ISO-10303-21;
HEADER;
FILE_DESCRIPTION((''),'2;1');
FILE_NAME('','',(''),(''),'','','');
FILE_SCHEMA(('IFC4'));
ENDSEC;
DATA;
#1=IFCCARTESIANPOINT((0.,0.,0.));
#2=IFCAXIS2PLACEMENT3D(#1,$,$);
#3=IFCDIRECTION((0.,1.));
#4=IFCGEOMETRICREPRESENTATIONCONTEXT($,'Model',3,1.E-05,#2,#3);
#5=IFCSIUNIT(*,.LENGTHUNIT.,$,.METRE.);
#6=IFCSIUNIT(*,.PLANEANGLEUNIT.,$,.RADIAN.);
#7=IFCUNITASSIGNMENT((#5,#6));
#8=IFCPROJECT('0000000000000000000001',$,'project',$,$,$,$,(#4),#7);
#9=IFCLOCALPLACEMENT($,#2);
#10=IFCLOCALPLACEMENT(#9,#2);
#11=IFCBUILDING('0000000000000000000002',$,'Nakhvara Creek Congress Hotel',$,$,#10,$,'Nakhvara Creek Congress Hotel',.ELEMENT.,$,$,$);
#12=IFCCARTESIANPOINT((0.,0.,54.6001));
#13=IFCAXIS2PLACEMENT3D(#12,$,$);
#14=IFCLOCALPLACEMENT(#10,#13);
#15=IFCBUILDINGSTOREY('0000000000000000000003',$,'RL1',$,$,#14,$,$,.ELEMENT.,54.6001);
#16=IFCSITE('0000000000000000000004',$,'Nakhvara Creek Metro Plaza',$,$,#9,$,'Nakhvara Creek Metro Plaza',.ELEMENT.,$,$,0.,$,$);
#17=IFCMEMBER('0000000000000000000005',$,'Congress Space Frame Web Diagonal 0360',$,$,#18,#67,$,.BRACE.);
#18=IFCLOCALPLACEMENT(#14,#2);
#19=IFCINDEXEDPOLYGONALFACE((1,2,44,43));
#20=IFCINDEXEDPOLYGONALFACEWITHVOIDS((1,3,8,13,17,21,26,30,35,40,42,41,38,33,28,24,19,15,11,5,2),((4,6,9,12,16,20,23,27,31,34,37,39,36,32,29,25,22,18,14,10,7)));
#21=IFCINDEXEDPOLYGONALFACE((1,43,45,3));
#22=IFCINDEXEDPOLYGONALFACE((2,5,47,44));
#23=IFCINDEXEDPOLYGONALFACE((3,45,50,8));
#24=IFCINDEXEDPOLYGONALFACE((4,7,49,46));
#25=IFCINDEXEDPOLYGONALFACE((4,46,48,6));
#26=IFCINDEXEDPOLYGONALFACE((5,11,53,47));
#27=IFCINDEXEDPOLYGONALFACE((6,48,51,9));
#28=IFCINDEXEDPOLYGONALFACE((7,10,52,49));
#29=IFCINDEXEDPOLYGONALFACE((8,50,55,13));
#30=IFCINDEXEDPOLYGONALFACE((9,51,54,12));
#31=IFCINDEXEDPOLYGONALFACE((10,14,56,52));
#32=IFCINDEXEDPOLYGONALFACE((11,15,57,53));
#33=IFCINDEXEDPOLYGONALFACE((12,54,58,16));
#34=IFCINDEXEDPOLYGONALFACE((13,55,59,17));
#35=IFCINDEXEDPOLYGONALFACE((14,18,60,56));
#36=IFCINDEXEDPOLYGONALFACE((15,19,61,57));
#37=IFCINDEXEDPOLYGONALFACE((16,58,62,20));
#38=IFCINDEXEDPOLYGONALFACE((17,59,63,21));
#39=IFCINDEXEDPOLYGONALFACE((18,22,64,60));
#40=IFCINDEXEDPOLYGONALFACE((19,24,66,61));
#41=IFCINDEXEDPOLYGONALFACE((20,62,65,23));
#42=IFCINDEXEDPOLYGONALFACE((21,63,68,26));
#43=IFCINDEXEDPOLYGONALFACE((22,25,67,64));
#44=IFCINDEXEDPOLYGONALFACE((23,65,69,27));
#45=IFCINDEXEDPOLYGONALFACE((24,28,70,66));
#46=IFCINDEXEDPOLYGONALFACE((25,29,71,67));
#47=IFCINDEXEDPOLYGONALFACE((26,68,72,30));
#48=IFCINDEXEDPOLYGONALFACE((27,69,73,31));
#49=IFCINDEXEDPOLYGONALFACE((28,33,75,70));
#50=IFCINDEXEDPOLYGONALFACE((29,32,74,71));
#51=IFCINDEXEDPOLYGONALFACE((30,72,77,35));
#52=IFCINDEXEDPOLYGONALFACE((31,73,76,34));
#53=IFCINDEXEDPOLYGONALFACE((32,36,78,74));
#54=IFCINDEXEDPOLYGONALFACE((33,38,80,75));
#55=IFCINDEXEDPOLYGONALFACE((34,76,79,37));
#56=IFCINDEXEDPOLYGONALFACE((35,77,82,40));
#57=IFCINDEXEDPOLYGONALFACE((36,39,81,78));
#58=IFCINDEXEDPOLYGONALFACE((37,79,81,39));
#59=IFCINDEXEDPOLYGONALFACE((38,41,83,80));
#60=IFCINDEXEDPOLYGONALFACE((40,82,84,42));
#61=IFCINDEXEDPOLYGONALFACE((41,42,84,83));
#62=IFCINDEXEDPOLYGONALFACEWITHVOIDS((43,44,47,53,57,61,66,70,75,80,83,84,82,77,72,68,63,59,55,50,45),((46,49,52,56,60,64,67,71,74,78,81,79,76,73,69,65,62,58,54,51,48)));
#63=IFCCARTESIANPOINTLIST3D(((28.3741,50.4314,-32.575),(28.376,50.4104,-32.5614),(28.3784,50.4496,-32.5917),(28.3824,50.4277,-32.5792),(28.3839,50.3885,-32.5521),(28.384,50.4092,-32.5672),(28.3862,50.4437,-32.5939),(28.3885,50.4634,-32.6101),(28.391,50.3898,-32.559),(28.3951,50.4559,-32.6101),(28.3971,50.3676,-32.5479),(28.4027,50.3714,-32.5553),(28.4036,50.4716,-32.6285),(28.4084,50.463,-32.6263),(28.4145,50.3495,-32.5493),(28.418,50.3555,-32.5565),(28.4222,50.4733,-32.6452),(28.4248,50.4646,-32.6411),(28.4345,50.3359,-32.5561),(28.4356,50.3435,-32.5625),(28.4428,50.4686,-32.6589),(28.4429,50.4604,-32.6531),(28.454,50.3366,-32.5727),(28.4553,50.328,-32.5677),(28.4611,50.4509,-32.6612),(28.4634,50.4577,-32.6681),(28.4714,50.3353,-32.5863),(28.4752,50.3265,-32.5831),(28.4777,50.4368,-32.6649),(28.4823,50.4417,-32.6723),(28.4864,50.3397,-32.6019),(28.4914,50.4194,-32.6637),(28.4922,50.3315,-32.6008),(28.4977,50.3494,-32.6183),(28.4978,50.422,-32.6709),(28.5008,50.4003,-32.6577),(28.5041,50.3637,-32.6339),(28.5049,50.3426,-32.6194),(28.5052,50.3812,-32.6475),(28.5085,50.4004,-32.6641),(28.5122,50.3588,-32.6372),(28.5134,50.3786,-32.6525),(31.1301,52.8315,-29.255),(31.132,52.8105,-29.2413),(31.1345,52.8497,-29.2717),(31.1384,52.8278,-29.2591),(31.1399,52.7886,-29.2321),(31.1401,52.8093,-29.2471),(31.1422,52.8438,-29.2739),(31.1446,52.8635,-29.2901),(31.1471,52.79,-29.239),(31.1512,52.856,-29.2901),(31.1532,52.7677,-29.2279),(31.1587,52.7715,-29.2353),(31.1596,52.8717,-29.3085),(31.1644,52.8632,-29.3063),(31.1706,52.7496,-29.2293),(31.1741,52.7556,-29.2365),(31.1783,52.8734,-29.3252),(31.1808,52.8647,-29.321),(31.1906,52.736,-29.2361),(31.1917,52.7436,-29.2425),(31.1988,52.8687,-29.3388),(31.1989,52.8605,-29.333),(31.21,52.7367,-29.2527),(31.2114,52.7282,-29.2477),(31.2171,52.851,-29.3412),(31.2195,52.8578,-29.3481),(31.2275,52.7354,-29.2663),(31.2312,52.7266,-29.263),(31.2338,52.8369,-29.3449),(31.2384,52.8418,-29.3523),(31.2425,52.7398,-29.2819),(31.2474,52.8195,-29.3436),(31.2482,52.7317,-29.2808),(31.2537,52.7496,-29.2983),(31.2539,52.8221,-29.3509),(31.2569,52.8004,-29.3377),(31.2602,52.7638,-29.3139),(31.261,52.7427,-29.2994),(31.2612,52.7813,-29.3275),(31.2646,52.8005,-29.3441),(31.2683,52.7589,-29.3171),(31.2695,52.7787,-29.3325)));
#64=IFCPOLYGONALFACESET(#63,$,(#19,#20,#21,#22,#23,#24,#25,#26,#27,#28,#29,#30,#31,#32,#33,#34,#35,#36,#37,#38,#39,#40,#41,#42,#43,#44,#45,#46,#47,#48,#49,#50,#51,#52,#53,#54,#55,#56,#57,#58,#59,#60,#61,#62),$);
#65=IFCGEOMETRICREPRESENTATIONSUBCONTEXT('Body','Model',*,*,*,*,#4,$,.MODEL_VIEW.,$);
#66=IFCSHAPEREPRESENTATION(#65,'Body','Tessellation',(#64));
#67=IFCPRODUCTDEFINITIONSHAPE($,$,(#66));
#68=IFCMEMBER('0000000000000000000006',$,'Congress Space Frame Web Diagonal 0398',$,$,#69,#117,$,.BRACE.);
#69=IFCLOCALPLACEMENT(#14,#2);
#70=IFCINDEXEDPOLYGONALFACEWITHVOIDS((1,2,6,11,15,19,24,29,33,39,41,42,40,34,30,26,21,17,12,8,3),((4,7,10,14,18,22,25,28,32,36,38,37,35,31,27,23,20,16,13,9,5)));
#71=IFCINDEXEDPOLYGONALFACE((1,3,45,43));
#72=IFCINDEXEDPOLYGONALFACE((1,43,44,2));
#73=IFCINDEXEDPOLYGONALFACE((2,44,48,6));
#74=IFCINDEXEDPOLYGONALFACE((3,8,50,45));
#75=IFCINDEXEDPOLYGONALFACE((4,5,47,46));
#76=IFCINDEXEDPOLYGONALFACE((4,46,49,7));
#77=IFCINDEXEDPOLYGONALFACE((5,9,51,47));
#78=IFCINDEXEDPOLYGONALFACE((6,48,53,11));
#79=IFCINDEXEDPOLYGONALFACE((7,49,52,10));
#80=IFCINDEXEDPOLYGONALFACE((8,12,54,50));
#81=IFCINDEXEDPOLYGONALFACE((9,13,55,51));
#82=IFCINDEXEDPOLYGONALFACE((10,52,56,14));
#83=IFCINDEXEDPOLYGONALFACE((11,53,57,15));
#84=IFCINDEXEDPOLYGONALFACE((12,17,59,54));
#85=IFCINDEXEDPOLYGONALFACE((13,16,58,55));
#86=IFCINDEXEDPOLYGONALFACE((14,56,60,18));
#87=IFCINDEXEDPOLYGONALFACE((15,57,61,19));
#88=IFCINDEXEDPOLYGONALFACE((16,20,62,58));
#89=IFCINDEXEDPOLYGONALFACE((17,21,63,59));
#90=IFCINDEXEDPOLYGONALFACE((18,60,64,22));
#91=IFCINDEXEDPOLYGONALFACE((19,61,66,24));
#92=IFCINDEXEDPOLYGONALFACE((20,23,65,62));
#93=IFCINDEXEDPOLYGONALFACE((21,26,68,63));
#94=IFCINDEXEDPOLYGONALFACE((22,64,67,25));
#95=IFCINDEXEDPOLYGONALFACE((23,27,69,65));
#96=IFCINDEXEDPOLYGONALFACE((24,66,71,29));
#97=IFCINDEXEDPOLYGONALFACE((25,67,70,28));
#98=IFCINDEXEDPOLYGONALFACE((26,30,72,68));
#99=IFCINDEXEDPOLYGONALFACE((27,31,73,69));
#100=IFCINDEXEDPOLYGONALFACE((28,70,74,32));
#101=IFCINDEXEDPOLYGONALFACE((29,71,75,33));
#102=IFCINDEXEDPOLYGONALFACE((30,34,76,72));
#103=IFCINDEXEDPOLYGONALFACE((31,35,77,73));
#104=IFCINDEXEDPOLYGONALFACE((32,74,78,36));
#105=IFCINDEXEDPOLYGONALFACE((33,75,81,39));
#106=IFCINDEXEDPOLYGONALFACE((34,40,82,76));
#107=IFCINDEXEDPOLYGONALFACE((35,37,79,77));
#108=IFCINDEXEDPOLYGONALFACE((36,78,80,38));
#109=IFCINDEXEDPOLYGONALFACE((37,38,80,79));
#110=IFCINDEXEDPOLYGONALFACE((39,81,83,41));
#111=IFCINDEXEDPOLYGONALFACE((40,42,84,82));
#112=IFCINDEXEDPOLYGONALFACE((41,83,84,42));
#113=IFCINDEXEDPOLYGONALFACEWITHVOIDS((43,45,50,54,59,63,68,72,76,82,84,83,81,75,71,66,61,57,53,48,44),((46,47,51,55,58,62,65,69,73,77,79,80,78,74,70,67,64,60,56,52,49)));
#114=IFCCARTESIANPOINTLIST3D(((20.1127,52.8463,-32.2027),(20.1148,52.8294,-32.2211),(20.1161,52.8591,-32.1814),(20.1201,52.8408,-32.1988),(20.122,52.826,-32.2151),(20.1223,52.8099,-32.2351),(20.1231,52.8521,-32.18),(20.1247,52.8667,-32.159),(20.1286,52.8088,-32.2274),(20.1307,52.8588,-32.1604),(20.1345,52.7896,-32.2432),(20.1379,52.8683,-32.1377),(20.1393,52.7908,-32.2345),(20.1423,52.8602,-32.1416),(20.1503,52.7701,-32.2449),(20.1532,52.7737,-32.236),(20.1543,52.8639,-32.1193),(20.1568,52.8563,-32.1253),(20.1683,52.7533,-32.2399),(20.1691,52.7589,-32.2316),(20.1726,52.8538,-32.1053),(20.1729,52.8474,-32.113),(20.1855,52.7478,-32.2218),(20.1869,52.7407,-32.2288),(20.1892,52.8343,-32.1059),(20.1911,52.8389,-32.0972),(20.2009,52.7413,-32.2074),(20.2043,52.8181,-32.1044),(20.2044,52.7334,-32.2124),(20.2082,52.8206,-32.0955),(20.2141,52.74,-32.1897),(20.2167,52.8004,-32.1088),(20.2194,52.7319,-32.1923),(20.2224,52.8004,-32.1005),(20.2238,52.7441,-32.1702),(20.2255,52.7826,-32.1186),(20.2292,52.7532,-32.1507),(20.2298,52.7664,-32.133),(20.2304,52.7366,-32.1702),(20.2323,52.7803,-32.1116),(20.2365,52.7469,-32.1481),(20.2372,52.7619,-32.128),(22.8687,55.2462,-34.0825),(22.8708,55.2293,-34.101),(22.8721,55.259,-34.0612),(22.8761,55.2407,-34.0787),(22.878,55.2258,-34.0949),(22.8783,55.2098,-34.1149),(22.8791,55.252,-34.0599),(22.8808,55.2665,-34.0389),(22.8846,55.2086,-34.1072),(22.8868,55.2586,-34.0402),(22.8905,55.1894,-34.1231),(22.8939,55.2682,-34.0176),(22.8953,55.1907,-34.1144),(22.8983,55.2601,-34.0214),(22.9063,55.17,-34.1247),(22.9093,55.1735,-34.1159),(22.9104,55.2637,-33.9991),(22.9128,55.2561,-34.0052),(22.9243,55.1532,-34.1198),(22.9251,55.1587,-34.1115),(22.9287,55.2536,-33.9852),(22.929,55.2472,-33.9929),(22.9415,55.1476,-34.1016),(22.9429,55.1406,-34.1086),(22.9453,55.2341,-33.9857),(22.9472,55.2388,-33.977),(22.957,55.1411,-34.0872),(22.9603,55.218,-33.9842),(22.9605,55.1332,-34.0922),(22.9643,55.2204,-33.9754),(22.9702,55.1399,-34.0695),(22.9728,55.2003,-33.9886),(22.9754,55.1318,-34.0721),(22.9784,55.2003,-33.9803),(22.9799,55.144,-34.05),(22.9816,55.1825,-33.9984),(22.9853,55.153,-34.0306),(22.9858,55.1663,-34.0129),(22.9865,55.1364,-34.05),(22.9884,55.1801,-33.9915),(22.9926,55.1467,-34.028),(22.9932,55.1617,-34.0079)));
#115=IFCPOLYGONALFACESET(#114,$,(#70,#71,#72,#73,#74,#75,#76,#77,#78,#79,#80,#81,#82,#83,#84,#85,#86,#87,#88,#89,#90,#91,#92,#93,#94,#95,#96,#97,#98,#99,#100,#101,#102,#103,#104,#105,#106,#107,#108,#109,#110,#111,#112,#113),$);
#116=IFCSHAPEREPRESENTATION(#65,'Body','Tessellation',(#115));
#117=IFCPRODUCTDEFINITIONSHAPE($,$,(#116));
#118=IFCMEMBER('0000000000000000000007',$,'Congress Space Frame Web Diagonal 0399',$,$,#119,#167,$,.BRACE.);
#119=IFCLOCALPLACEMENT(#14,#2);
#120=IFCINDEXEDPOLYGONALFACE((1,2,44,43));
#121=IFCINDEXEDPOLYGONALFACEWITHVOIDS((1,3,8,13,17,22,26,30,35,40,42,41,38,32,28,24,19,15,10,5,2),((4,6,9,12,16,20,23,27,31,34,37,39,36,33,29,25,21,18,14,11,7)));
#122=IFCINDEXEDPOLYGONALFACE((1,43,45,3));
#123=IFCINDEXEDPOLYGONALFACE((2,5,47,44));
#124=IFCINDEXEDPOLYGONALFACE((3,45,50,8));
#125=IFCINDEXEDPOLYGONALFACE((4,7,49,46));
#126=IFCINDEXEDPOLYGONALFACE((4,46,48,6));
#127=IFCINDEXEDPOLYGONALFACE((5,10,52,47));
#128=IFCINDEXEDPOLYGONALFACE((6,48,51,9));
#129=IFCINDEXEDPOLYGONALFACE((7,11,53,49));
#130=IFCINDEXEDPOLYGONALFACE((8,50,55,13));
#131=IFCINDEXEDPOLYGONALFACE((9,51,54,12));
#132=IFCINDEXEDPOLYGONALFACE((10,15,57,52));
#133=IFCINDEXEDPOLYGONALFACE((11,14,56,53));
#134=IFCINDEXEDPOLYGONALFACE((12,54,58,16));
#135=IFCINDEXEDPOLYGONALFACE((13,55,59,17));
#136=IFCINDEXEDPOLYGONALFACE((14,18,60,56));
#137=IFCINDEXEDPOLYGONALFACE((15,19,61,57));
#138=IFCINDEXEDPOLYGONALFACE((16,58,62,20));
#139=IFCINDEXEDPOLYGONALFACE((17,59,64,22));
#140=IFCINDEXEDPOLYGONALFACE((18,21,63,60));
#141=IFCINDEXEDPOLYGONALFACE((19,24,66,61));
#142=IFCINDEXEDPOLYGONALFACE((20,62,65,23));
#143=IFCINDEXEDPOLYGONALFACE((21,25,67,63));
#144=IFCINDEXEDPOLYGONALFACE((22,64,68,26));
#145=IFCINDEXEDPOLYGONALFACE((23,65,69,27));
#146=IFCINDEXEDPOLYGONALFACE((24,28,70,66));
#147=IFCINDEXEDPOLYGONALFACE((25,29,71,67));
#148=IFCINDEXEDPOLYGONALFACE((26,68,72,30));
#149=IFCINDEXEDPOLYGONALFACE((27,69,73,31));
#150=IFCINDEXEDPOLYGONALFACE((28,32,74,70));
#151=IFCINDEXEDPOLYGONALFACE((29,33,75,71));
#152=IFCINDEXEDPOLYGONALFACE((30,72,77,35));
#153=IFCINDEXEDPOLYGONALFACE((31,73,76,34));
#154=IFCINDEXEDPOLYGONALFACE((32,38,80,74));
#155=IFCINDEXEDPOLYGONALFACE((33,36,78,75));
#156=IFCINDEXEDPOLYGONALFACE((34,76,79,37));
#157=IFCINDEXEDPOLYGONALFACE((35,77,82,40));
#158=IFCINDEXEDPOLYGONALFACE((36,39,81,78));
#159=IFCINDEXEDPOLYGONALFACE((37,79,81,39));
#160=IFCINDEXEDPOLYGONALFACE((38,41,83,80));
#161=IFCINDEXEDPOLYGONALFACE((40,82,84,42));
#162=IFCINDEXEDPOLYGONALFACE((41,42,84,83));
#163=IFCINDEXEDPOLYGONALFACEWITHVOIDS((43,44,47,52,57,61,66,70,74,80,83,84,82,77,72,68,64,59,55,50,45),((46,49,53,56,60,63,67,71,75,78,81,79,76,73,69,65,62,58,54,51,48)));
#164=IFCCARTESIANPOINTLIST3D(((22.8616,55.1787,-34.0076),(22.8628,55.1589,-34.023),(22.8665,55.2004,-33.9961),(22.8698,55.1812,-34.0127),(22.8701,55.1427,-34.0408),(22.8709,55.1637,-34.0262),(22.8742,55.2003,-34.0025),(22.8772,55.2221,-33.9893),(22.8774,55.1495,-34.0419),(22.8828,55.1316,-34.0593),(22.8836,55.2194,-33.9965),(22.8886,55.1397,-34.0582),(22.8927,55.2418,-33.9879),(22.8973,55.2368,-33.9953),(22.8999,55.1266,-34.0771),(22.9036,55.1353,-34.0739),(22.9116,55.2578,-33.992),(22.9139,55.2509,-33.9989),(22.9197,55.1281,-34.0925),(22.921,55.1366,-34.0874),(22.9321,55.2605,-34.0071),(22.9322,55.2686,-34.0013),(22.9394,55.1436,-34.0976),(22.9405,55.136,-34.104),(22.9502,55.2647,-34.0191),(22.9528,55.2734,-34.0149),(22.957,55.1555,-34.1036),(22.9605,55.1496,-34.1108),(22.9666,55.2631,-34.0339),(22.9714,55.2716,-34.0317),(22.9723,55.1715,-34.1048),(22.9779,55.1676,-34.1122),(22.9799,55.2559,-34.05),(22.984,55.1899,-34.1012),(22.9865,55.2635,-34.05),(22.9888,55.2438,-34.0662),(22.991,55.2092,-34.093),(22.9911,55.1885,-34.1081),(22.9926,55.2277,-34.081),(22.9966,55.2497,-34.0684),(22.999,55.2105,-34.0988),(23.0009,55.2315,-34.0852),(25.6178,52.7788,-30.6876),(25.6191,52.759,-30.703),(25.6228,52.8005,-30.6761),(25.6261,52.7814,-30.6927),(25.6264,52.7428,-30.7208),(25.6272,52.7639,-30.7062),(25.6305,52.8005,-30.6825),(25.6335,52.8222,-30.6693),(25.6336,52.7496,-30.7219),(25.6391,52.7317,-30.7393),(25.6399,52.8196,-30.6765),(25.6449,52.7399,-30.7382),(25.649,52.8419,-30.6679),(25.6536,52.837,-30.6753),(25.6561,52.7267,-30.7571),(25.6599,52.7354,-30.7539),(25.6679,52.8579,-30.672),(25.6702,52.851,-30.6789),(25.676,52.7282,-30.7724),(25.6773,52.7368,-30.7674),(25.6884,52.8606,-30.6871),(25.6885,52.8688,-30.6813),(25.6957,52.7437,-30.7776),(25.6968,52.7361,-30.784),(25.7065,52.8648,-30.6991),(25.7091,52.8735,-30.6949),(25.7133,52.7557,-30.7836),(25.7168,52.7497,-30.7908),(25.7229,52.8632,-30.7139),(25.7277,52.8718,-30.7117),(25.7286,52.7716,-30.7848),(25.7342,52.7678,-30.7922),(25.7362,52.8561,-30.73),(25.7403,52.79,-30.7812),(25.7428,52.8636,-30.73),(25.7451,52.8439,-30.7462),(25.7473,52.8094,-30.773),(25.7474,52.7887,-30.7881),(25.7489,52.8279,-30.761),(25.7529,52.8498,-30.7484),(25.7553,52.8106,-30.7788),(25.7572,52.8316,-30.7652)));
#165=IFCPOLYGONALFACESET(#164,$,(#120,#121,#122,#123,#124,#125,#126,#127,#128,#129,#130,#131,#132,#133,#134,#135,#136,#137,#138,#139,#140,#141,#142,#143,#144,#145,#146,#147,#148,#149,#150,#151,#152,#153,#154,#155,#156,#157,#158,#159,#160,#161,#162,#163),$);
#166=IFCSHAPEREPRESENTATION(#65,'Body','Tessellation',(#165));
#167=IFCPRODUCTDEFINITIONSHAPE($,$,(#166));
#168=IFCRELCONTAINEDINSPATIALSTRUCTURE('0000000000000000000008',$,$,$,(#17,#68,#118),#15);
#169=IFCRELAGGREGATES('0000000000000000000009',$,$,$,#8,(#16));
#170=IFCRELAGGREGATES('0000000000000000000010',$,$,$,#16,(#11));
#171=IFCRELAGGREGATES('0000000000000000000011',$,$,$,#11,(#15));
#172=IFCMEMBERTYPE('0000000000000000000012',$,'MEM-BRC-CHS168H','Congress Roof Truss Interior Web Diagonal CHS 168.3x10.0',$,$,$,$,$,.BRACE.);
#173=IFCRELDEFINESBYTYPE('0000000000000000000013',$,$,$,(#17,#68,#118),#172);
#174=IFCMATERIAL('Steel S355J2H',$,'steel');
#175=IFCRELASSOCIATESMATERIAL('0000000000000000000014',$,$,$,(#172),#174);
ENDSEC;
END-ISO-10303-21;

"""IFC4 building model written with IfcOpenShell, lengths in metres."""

from ifc_helpers import new_model, si_unit, direction, frame, origin, origin_2d, place, context, subcontext, project, spatial, hollow_circle, extrude, material, material_profile, profile_set, type_object, element, save


model = new_model("IFC4")

# Units and contexts
model_context = context("Model", 3, precision=1e-05, world=origin(), true_north=direction((0.0, 1.0)))
body_context = subcontext(model_context, "Body", "Model", "MODEL_VIEW")
ifc_project = project(units=[si_unit("LENGTHUNIT", "METRE"), si_unit("PLANEANGLEUNIT", "RADIAN")], contexts=[model_context])

# Site, building, storey
site_placement = place(None, origin())
site = spatial("IfcSite", under=ifc_project, at=site_placement, Name="Nakhvara Creek Metro Plaza", LongName="Nakhvara Creek Metro Plaza", CompositionType="ELEMENT", RefElevation=0.0)
building_placement = place(site_placement, origin())
building = spatial("IfcBuilding", under=site, at=building_placement, Name="Nakhvara Creek Congress Hotel", LongName="Nakhvara Creek Congress Hotel", CompositionType="ELEMENT")
storey_placement = place(building_placement, frame((0.0, 0.0, 54.6001)))
storey = spatial("IfcBuildingStorey", under=building, at=storey_placement, Name="RL1", CompositionType="ELEMENT", Elevation=54.6001)

# Members
ifc_material_1 = material(Name="Steel S355J2H", Category="steel")
ifc_material_profile_1 = material_profile(ifc_material_1, hollow_circle(Radius=0.0842, WallThickness=0.01, at=origin_2d()), Name="CHS 168.3x10.0", Category="LoadBearing")
ifc_profile_set_1 = profile_set([ifc_material_profile_1], Name="Steel S355J2H")
member_type_1 = type_object("IfcMemberType", Name="MEM-BRC-CHS168H", Description="Congress Roof Truss Interior Web Diagonal CHS 168.3x10.0", PredefinedType="BRACE", material=ifc_profile_set_1)
member_1_placement = place(storey_placement, frame((28.4438, 50.3999, -32.6101), z_axis=(0.55819, 0.486098, 0.672408), x_axis=(-0.656729, 0.754126, 0.0)))
element("IfcMember", 1, at=member_1_placement, inside=storey, type_object=member_type_1, Name="Congress Space Frame Web Diagonal 0360", PredefinedType="BRACE", context=body_context, shape_type="SweptSolid", body=[
    extrude(hollow_circle(Radius=0.0842, WallThickness=0.01, at=origin_2d()), origin(), (0.0, 0.0, 1.0), 4.9375),
])
member_2_placement = place(storey_placement, frame((22.9312, 55.2, -34.05), z_axis=(-0.670634, -0.583961, 0.457426), x_axis=(0.656691, -0.75416, 0.0)))
element("IfcMember", 2, at=member_2_placement, inside=storey, type_object=member_type_1, Name="Congress Space Frame Web Diagonal 0398", PredefinedType="BRACE", context=body_context, shape_type="SweptSolid", body=[
    extrude(hollow_circle(Radius=0.0842, WallThickness=0.01, at=origin_2d()), origin(), (0.0, 0.0, 1.0), 4.1096),
])
member_3_placement = place(storey_placement, frame((22.9312, 55.2, -34.05), z_axis=(0.558237, -0.486047, 0.672406), x_axis=(0.656658, 0.754188, 0.0)))
element("IfcMember", 3, at=member_3_placement, inside=storey, type_object=member_type_1, Name="Congress Space Frame Web Diagonal 0399", PredefinedType="BRACE", context=body_context, shape_type="SweptSolid", body=[
    extrude(hollow_circle(Radius=0.0842, WallThickness=0.01, at=origin_2d()), origin(), (0.0, 0.0, 1.0), 4.9375),
])

save(model, "model.ifc")
